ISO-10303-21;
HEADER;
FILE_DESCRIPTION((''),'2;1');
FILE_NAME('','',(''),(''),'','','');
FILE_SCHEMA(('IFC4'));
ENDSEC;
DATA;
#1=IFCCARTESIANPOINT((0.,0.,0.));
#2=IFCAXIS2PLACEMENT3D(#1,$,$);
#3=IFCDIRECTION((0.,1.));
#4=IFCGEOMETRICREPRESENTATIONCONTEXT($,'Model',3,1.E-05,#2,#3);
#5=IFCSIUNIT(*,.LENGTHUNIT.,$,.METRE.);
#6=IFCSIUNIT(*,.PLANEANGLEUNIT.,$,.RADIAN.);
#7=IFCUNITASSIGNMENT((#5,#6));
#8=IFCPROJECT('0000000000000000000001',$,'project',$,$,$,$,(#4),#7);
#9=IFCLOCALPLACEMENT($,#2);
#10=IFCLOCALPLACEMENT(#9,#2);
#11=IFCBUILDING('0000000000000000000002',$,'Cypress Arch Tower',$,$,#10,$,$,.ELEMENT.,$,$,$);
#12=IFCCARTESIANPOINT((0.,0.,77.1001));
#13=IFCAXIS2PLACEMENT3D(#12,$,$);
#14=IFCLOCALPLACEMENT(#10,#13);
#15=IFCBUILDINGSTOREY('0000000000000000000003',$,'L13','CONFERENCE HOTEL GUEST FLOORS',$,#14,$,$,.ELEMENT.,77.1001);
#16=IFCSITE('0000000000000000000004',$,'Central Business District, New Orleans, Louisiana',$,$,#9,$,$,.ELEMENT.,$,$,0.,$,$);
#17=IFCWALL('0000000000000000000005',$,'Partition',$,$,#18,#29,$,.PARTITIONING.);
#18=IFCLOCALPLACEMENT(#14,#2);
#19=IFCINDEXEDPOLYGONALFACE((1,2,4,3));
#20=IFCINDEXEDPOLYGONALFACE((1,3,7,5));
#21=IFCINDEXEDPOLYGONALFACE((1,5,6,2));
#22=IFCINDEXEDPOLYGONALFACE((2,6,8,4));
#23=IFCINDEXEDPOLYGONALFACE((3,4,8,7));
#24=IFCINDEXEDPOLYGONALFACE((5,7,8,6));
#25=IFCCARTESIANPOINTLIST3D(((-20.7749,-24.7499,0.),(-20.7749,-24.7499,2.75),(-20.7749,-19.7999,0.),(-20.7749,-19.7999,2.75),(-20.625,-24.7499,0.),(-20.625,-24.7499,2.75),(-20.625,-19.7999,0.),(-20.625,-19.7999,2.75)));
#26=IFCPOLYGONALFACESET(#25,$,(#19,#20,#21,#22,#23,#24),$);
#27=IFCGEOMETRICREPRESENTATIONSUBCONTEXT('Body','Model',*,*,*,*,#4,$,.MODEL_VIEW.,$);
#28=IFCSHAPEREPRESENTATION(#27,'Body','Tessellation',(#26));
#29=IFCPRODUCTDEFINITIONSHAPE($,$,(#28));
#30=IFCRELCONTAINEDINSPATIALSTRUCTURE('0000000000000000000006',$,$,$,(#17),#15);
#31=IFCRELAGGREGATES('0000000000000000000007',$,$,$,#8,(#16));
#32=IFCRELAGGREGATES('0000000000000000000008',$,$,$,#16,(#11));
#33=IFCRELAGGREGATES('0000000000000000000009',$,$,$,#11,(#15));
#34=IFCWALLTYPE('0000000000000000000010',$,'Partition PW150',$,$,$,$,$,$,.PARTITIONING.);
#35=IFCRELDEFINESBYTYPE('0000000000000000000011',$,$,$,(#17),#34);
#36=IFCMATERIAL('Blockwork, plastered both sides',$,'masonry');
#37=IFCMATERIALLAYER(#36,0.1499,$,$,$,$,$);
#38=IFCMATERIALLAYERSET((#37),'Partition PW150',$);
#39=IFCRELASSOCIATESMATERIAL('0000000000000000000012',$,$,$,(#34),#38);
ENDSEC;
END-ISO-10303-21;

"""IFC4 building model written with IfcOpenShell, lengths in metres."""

from ifc_helpers import new_model, si_unit, direction, frame, frame_2d, origin, place, context, subcontext, project, spatial, rectangle, extrude, material, layer, layer_set, type_object, element, save


model = new_model("IFC4")

# Units and contexts
model_context = context("Model", 3, precision=1e-05, world=origin(), true_north=direction((0.0, 1.0)))
body_context = subcontext(model_context, "Body", "Model", "MODEL_VIEW")
ifc_project = project(units=[si_unit("LENGTHUNIT", "METRE"), si_unit("PLANEANGLEUNIT", "RADIAN")], contexts=[model_context])

# Site, building, storey
site_placement = place(None, origin())
site = spatial("IfcSite", under=ifc_project, at=site_placement, Name="Central Business District, New Orleans, Louisiana", CompositionType="ELEMENT", RefElevation=0.0)
building_placement = place(site_placement, origin())
building = spatial("IfcBuilding", under=site, at=building_placement, Name="Cypress Arch Tower", CompositionType="ELEMENT")
storey_placement = place(building_placement, frame((0.0, 0.0, 77.1001)))
storey = spatial("IfcBuildingStorey", under=building, at=storey_placement, Name="L13", Description="CONFERENCE HOTEL GUEST FLOORS", CompositionType="ELEMENT", Elevation=77.1001)

# Wall
ifc_material_1 = material(Name="Blockwork, plastered both sides", Category="masonry")
ifc_layer_1 = layer(ifc_material_1, 0.1499)
ifc_layer_set_1 = layer_set([ifc_layer_1], Name="Partition PW150")
wall_type_1 = type_object("IfcWallType", Name="Partition PW150", PredefinedType="PARTITIONING", material=ifc_layer_set_1)
wall_1_placement = place(storey_placement, frame((-20.7, -24.75, 0.0), z_axis=(0.0, 0.0, 1.0), x_axis=(0.0, 1.0, 0.0)))
element("IfcWall", 1, at=wall_1_placement, inside=storey, type_object=wall_type_1, Name="Partition", PredefinedType="PARTITIONING", context=body_context, shape_type="SweptSolid", body=[
    extrude(rectangle(XDim=4.95, YDim=0.1499, at=frame_2d((2.4751, 0.0))), origin(), (0.0, 0.0, 1.0), 2.75),
])

save(model, "model.ifc")
